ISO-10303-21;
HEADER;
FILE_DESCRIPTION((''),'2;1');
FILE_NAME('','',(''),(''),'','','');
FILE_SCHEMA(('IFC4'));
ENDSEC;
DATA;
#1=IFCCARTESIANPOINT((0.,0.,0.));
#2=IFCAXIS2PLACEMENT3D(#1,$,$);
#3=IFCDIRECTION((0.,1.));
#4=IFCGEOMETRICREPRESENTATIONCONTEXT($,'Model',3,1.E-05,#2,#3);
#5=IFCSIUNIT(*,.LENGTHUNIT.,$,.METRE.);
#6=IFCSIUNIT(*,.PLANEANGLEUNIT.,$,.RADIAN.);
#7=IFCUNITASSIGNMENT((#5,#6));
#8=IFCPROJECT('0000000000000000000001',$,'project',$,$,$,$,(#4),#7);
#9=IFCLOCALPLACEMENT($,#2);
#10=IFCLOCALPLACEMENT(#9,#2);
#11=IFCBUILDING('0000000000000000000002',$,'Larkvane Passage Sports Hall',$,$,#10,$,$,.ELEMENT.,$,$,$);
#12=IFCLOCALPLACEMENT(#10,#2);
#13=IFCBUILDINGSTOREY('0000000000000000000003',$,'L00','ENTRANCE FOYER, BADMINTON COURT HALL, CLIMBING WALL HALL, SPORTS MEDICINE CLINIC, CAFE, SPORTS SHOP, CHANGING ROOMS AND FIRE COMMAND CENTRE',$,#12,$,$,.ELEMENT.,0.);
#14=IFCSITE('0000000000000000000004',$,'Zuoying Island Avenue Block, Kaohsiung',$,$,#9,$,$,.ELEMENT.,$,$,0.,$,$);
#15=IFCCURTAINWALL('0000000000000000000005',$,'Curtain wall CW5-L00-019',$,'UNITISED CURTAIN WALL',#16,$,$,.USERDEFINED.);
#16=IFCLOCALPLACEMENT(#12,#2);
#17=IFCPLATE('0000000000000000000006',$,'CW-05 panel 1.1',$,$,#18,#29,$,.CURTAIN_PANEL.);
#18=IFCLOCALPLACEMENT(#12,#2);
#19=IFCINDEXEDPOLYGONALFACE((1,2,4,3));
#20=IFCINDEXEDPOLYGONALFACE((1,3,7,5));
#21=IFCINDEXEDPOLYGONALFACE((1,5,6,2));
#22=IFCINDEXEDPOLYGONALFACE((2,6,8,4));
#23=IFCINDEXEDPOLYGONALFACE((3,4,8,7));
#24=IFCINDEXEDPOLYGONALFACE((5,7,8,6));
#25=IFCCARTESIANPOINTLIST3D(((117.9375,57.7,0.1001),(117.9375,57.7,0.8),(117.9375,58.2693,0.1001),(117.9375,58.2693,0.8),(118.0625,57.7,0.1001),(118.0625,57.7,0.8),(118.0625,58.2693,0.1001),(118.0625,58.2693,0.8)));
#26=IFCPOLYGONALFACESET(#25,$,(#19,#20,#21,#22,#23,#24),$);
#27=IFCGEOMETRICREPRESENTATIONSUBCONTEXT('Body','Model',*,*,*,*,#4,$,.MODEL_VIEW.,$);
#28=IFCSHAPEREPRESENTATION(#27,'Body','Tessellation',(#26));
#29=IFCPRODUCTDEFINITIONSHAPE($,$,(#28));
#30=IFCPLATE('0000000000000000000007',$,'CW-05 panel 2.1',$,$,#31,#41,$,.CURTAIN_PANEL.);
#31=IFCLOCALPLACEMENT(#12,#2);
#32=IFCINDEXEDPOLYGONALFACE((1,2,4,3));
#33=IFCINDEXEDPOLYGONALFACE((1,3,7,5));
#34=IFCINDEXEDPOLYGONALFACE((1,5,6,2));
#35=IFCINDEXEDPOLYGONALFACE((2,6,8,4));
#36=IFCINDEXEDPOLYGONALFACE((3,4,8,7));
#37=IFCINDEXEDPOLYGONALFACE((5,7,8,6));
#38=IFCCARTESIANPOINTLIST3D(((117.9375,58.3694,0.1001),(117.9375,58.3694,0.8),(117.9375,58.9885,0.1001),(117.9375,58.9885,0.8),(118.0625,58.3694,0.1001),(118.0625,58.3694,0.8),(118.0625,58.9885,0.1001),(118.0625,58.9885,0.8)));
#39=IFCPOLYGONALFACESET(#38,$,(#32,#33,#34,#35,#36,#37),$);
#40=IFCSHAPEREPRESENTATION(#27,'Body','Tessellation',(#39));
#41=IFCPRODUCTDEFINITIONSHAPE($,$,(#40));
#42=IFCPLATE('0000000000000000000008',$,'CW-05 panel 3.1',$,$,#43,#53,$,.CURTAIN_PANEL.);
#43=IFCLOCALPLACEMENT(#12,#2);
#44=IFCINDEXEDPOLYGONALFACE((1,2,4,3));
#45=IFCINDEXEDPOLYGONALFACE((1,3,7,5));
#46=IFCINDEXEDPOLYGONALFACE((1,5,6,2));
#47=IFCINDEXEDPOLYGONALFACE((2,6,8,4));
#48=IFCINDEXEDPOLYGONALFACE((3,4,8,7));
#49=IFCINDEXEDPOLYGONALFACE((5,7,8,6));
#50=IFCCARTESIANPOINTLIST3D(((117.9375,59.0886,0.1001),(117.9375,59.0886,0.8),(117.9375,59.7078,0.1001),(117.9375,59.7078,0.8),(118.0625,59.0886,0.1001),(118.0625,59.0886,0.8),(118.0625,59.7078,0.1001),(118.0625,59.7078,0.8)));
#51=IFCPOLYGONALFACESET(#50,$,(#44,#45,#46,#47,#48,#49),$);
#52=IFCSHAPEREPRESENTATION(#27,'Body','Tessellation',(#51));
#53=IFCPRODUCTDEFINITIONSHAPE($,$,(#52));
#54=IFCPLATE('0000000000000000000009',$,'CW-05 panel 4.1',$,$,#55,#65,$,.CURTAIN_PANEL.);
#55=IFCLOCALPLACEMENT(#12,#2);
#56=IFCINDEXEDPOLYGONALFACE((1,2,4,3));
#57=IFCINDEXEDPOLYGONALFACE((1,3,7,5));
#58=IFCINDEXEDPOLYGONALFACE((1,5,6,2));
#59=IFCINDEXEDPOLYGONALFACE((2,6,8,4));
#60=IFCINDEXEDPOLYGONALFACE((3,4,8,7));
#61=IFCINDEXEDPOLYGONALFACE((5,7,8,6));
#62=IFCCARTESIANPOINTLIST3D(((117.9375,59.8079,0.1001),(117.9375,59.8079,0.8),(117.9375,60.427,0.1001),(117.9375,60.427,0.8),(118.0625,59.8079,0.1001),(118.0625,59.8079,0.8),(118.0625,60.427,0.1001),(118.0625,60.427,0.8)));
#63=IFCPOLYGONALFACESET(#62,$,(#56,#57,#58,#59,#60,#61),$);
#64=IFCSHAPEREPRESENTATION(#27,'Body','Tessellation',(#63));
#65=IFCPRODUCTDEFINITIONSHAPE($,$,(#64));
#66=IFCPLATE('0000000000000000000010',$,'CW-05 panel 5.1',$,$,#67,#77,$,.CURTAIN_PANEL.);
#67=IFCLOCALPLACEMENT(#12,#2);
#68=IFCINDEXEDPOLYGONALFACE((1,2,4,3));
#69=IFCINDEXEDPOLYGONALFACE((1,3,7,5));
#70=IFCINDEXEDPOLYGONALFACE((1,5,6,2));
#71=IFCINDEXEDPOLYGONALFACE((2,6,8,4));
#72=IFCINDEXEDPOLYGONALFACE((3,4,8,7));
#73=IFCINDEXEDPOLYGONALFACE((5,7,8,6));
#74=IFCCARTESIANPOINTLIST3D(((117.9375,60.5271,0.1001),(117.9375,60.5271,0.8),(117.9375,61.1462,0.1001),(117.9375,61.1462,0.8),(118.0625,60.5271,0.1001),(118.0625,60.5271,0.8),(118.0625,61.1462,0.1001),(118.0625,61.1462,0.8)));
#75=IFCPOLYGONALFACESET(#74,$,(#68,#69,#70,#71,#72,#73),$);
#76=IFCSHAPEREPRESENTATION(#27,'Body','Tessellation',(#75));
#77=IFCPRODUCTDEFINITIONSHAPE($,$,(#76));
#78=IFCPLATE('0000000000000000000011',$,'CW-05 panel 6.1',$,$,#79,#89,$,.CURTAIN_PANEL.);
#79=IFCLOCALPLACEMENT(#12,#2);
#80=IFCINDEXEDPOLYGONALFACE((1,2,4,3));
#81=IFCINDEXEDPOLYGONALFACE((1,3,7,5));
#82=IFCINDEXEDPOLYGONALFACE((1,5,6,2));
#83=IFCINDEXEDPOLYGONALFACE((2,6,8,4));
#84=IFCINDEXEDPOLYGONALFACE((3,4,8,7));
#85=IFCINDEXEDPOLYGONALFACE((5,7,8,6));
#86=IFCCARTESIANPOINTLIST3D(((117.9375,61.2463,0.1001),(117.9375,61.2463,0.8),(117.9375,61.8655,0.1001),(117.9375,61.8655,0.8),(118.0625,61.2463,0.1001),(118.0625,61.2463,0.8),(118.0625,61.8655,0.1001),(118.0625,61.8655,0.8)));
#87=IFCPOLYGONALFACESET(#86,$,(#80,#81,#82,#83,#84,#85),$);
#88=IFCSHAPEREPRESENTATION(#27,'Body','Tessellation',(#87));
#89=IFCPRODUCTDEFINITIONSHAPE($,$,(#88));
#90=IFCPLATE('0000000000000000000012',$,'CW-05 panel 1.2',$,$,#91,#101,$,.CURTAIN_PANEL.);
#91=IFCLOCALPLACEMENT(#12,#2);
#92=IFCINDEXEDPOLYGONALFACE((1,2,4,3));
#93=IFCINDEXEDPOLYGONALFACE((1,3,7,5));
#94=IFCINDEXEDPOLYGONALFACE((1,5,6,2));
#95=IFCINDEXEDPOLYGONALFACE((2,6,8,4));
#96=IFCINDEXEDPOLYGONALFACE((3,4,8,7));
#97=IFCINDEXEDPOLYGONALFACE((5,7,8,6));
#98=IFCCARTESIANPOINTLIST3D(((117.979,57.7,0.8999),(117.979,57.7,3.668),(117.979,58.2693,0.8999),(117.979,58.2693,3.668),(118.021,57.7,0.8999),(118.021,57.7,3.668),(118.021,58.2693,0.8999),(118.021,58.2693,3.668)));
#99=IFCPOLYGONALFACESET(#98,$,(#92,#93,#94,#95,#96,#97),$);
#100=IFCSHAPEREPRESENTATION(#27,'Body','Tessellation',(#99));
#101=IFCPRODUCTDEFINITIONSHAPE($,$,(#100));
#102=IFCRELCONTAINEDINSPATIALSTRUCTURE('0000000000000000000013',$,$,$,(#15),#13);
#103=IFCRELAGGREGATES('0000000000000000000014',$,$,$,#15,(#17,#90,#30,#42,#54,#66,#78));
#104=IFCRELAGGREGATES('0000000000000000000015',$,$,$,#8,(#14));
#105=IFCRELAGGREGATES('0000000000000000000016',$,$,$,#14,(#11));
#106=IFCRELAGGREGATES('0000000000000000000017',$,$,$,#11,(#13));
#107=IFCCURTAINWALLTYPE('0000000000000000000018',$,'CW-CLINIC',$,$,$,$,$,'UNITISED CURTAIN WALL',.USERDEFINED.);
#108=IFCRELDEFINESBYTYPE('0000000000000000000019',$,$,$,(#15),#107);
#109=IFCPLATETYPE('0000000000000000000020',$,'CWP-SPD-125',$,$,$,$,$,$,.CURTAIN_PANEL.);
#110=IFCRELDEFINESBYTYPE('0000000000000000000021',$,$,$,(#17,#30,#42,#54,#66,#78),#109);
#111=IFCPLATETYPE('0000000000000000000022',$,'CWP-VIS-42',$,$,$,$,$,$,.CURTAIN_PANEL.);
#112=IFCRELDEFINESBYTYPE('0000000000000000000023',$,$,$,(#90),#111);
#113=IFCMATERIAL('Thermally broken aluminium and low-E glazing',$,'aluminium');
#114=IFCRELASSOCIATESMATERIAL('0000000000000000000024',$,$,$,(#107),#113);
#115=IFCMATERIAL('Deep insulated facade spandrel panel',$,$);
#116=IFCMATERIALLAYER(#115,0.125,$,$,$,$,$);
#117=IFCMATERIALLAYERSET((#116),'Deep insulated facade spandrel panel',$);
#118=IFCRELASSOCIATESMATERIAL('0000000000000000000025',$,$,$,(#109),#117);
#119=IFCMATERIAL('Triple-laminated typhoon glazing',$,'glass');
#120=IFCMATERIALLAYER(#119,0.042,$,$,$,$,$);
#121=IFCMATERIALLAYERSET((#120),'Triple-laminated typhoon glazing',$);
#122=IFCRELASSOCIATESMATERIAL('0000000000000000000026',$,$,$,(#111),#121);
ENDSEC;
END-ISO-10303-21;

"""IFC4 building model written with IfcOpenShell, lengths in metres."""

from ifc_helpers import new_model, si_unit, direction, frame, origin, origin_2d, place, context, subcontext, project, spatial, rectangle, extrude, material, layer, layer_set, type_object, element, aggregate, save


model = new_model("IFC4")

# Units and contexts
model_context = context("Model", 3, precision=1e-05, world=origin(), true_north=direction((0.0, 1.0)))
body_context = subcontext(model_context, "Body", "Model", "MODEL_VIEW")
ifc_project = project(units=[si_unit("LENGTHUNIT", "METRE"), si_unit("PLANEANGLEUNIT", "RADIAN")], contexts=[model_context])

# Site, building, storey
site_placement = place(None, origin())
site = spatial("IfcSite", under=ifc_project, at=site_placement, Name="Zuoying Island Avenue Block, Kaohsiung", CompositionType="ELEMENT", RefElevation=0.0)
building_placement = place(site_placement, origin())
building = spatial("IfcBuilding", under=site, at=building_placement, Name="Larkvane Passage Sports Hall", CompositionType="ELEMENT")
storey_placement = place(building_placement, origin())
storey = spatial("IfcBuildingStorey", under=building, at=storey_placement, Name="L00", Description="ENTRANCE FOYER, BADMINTON COURT HALL, CLIMBING WALL HALL, SPORTS MEDICINE CLINIC, CAFE, SPORTS SHOP, CHANGING ROOMS AND FIRE COMMAND CENTRE", CompositionType="ELEMENT", Elevation=0.0)

# Curtain wall, plates
ifc_material_1 = material(Name="Thermally broken aluminium and low-E glazing", Category="aluminium")
curtain_wall_type = type_object("IfcCurtainWallType", Name="CW-CLINIC", ElementType="UNITISED CURTAIN WALL", PredefinedType="USERDEFINED", material=ifc_material_1)
curtain_wall_placement = place(storey_placement, origin())
curtain_wall = element("IfcCurtainWall", 1, at=curtain_wall_placement, inside=storey, type_object=curtain_wall_type, Name="Curtain wall CW5-L00-019", ObjectType="UNITISED CURTAIN WALL", PredefinedType="USERDEFINED")
ifc_material_2 = material(Name="Deep insulated facade spandrel panel")
ifc_layer_1 = layer(ifc_material_2, 0.125)
ifc_layer_set_1 = layer_set([ifc_layer_1], Name="Deep insulated facade spandrel panel")
plate_type_1 = type_object("IfcPlateType", Name="CWP-SPD-125", PredefinedType="CURTAIN_PANEL", material=ifc_layer_set_1)
plate_1_placement = place(storey_placement, frame((118.0, 57.9846, 0.1001), z_axis=(0.0, 0.0, 1.0), x_axis=(0.0, 1.0, 0.0)))
plate_1 = element("IfcPlate", 2, at=plate_1_placement, type_object=plate_type_1, Name="CW-05 panel 1.1", PredefinedType="CURTAIN_PANEL", context=body_context, shape_type="SweptSolid", body=[
    extrude(rectangle(XDim=0.5693, YDim=0.125, at=origin_2d()), origin(), (0.0, 0.0, 1.0), 0.7),
])
plate_2_placement = place(storey_placement, frame((118.0, 58.679, 0.1001), z_axis=(0.0, 0.0, 1.0), x_axis=(0.0, 1.0, 0.0)))
plate_2 = element("IfcPlate", 3, at=plate_2_placement, type_object=plate_type_1, Name="CW-05 panel 2.1", PredefinedType="CURTAIN_PANEL", context=body_context, shape_type="SweptSolid", body=[
    extrude(rectangle(XDim=0.6191, YDim=0.125, at=origin_2d()), origin(), (0.0, 0.0, 1.0), 0.7),
])
plate_3_placement = place(storey_placement, frame((118.0, 59.3982, 0.1001), z_axis=(0.0, 0.0, 1.0), x_axis=(0.0, 1.0, 0.0)))
plate_3 = element("IfcPlate", 4, at=plate_3_placement, type_object=plate_type_1, Name="CW-05 panel 3.1", PredefinedType="CURTAIN_PANEL", context=body_context, shape_type="SweptSolid", body=[
    extrude(rectangle(XDim=0.6191, YDim=0.125, at=origin_2d()), origin(), (0.0, 0.0, 1.0), 0.7),
])
plate_4_placement = place(storey_placement, frame((118.0, 60.1174, 0.1001), z_axis=(0.0, 0.0, 1.0), x_axis=(0.0, 1.0, 0.0)))
plate_4 = element("IfcPlate", 5, at=plate_4_placement, type_object=plate_type_1, Name="CW-05 panel 4.1", PredefinedType="CURTAIN_PANEL", context=body_context, shape_type="SweptSolid", body=[
    extrude(rectangle(XDim=0.6191, YDim=0.125, at=origin_2d()), origin(), (0.0, 0.0, 1.0), 0.7),
])
plate_5_placement = place(storey_placement, frame((118.0, 60.8367, 0.1001), z_axis=(0.0, 0.0, 1.0), x_axis=(0.0, 1.0, 0.0)))
plate_5 = element("IfcPlate", 6, at=plate_5_placement, type_object=plate_type_1, Name="CW-05 panel 5.1", PredefinedType="CURTAIN_PANEL", context=body_context, shape_type="SweptSolid", body=[
    extrude(rectangle(XDim=0.6191, YDim=0.125, at=origin_2d()), origin(), (0.0, 0.0, 1.0), 0.7),
])
plate_6_placement = place(storey_placement, frame((118.0, 61.5559, 0.1001), z_axis=(0.0, 0.0, 1.0), x_axis=(0.0, 1.0, 0.0)))
plate_6 = element("IfcPlate", 7, at=plate_6_placement, type_object=plate_type_1, Name="CW-05 panel 6.1", PredefinedType="CURTAIN_PANEL", context=body_context, shape_type="SweptSolid", body=[
    extrude(rectangle(XDim=0.6191, YDim=0.125, at=origin_2d()), origin(), (0.0, 0.0, 1.0), 0.7),
])
ifc_material_3 = material(Name="Triple-laminated typhoon glazing", Category="glass")
ifc_layer_2 = layer(ifc_material_3, 0.042)
ifc_layer_set_2 = layer_set([ifc_layer_2], Name="Triple-laminated typhoon glazing")
plate_type_2 = type_object("IfcPlateType", Name="CWP-VIS-42", PredefinedType="CURTAIN_PANEL", material=ifc_layer_set_2)
plate_7_placement = place(storey_placement, frame((118.0, 57.9846, 0.8999), z_axis=(0.0, 0.0, 1.0), x_axis=(0.0, 1.0, 0.0)))
plate_7 = element("IfcPlate", 8, at=plate_7_placement, type_object=plate_type_2, Name="CW-05 panel 1.2", PredefinedType="CURTAIN_PANEL", context=body_context, shape_type="SweptSolid", body=[
    extrude(rectangle(XDim=0.5693, YDim=0.042, at=origin_2d()), origin(), (0.0, 0.0, 1.0), 2.7681),
])
aggregate(curtain_wall, [plate_1, plate_7, plate_2, plate_3, plate_4, plate_5, plate_6])

save(model, "model.ifc")
